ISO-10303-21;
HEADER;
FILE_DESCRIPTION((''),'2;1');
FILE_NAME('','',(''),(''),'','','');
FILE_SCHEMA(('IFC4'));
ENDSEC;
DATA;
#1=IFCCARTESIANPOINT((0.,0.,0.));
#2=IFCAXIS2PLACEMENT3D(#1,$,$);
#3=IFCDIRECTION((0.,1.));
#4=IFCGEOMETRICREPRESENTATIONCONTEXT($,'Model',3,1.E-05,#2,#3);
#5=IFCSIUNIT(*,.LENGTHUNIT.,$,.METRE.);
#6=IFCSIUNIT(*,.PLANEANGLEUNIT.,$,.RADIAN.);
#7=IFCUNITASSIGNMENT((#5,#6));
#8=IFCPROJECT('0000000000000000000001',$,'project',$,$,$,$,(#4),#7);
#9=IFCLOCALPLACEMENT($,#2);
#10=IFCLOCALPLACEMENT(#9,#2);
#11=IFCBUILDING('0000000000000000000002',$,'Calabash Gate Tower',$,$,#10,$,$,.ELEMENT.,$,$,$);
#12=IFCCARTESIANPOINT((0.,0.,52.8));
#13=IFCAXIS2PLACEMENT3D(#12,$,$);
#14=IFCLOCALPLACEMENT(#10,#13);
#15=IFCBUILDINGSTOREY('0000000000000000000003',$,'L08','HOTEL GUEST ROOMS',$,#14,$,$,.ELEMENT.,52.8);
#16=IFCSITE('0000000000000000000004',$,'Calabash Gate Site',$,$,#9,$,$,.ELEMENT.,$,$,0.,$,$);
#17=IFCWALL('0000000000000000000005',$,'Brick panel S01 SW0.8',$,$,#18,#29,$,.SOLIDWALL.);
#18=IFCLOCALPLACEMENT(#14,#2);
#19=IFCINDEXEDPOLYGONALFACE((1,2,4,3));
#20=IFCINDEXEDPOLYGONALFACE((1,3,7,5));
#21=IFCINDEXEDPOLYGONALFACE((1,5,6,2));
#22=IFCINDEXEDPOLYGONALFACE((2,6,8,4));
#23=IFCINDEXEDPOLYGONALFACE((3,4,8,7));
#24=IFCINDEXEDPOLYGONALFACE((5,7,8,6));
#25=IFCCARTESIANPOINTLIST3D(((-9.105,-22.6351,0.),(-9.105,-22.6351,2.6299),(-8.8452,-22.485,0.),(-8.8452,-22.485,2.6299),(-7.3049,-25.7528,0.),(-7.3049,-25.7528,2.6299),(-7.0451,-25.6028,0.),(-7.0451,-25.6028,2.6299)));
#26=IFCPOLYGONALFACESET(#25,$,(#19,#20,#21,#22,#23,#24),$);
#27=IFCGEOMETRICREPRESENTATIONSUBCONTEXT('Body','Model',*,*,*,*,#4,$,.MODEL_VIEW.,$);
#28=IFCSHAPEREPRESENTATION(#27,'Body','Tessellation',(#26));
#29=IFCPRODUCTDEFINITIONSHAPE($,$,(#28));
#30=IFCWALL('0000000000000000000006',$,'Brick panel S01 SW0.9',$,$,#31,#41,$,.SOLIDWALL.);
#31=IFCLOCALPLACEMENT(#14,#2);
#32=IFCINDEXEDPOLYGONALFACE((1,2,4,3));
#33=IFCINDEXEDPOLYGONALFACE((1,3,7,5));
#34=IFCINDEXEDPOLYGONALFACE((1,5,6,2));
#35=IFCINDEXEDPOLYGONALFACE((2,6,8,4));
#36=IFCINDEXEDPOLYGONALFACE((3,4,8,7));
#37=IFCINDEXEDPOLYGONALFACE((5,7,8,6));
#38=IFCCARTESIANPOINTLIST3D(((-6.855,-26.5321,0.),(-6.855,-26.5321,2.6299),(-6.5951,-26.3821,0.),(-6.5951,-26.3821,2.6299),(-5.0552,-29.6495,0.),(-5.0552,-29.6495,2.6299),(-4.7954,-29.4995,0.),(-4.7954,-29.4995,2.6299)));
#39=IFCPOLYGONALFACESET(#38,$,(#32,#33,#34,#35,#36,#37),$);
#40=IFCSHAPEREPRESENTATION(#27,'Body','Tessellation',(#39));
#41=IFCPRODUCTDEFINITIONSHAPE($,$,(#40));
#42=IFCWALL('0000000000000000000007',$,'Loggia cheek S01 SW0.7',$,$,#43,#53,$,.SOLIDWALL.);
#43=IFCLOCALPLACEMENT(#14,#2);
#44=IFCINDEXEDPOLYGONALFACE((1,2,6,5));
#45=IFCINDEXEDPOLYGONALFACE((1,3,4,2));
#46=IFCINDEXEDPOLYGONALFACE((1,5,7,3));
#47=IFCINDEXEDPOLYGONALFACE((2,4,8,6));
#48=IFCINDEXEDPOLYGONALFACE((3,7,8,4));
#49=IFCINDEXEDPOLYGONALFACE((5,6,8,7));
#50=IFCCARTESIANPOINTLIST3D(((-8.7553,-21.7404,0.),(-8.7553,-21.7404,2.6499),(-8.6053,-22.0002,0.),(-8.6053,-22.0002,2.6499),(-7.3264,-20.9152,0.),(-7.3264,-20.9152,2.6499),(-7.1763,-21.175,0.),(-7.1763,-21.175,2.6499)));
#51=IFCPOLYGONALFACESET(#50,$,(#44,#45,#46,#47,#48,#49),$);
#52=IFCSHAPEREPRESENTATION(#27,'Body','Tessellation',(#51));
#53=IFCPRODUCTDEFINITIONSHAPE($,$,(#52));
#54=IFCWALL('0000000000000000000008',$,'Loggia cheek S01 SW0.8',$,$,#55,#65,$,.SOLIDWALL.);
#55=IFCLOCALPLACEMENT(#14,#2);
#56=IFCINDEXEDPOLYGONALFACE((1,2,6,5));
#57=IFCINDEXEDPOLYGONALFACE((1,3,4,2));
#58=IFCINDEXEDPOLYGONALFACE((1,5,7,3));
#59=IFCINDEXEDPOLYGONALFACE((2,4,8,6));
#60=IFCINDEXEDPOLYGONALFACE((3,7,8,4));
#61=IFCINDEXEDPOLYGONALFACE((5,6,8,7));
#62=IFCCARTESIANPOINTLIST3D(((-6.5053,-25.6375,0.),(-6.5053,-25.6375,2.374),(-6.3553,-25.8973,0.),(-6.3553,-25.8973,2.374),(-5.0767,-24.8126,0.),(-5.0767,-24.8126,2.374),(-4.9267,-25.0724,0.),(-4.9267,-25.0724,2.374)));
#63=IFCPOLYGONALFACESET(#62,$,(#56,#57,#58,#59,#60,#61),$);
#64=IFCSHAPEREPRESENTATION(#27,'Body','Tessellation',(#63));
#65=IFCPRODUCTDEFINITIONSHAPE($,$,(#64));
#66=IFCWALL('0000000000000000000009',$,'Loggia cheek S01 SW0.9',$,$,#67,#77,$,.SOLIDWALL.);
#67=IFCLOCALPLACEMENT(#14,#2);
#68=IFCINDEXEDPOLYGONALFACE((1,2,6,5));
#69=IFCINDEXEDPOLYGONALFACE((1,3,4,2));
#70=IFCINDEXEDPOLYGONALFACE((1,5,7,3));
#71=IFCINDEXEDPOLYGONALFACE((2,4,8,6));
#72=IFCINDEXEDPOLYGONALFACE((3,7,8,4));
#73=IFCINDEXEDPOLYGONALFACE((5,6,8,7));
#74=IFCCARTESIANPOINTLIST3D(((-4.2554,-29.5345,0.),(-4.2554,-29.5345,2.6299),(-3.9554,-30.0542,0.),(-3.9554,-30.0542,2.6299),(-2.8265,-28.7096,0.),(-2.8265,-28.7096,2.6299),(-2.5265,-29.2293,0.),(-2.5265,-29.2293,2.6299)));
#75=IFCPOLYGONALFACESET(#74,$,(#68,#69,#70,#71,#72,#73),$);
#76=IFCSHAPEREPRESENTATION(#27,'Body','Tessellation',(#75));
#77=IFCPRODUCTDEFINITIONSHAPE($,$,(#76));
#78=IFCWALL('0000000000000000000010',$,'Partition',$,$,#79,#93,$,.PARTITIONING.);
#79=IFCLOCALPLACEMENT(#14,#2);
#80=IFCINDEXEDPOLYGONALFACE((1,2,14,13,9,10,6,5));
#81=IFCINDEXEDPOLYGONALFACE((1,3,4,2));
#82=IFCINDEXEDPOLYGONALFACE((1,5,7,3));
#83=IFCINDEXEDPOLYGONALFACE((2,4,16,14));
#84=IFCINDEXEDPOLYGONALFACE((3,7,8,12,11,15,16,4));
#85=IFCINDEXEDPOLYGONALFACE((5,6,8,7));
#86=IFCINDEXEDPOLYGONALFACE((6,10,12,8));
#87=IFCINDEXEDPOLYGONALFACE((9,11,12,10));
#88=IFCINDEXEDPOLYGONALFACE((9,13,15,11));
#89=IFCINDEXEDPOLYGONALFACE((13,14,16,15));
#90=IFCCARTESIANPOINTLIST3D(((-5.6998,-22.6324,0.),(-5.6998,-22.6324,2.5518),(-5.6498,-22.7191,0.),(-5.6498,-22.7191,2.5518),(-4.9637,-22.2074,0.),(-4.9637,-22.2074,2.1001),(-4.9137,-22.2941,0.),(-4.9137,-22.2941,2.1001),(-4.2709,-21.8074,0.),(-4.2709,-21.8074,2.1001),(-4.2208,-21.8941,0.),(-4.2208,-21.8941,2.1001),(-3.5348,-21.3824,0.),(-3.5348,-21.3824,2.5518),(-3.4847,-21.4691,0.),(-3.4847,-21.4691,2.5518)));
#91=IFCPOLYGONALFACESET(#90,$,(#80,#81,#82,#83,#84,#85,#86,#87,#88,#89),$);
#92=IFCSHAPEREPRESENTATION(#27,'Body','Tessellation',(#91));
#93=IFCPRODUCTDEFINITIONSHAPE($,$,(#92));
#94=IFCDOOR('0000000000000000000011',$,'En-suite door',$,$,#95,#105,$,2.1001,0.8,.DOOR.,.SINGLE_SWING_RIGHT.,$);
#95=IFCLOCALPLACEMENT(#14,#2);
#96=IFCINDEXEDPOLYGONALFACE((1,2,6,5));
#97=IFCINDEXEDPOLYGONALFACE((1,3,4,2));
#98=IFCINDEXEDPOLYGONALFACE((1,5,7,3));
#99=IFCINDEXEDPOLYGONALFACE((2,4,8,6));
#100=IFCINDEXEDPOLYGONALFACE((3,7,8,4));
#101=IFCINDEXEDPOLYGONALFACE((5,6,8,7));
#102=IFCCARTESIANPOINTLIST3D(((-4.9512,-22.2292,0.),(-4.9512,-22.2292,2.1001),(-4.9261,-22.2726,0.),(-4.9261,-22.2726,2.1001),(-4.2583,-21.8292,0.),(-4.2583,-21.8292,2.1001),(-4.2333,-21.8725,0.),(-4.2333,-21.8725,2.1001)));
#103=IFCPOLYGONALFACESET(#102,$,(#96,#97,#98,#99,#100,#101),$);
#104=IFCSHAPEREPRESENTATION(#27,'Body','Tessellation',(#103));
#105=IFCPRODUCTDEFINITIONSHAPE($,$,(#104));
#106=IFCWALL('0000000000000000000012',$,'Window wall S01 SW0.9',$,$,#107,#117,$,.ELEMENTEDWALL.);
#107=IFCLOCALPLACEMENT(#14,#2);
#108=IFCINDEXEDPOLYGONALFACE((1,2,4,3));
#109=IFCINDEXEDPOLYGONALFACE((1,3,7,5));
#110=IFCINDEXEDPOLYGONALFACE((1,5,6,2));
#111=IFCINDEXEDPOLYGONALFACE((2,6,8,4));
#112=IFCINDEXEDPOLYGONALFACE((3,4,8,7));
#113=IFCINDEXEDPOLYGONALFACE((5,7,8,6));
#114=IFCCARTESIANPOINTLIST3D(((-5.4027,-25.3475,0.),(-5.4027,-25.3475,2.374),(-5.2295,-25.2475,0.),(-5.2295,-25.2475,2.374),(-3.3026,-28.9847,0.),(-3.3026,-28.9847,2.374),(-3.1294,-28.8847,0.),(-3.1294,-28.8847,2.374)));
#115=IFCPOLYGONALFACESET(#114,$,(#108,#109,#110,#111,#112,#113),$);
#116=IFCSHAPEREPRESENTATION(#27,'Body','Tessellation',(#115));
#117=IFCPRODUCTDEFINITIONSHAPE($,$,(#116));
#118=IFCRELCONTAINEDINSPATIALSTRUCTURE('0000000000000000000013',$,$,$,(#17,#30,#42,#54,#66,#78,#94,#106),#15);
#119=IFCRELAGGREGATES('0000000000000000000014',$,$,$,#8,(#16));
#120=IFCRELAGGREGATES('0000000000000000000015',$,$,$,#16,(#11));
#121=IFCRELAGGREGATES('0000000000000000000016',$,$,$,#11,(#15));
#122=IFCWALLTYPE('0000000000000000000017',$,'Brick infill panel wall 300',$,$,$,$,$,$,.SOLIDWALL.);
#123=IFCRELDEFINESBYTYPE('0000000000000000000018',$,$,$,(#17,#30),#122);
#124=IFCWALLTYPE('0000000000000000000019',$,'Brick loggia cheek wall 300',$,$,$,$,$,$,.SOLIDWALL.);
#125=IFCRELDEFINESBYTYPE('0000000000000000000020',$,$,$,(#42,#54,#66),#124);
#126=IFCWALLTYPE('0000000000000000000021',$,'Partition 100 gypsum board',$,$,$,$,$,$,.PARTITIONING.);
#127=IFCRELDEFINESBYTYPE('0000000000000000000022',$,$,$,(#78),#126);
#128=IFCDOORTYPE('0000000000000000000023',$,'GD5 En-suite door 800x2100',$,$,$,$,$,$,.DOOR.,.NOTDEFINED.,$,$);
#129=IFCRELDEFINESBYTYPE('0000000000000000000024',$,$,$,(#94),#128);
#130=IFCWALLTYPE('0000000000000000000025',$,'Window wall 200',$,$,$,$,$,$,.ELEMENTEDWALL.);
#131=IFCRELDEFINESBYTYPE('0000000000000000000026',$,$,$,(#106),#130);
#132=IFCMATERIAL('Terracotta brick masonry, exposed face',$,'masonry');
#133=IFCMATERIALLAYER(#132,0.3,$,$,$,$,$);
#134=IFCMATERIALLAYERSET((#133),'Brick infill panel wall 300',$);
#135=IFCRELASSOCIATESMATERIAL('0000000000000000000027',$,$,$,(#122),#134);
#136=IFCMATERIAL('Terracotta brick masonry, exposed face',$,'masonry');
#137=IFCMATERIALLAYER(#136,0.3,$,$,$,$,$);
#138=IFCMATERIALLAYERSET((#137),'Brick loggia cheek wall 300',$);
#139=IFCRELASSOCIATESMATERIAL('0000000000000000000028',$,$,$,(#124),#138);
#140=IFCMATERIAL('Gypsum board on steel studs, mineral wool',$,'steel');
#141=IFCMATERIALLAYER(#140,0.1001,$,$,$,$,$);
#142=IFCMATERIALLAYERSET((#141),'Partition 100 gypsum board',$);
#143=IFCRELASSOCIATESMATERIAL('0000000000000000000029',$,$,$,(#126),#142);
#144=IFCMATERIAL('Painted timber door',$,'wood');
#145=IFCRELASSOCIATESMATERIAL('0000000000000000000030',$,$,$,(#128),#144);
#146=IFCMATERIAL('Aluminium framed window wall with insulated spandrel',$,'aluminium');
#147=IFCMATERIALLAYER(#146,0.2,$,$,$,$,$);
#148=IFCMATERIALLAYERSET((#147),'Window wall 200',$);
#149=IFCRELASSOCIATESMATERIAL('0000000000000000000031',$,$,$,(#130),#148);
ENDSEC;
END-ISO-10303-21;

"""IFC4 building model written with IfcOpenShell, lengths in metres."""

from ifc_helpers import new_model, si_unit, direction, frame, frame_2d, origin, place, context, subcontext, project, spatial, rectangle, extrude, material, layer, layer_set, type_object, element, fill, save


model = new_model("IFC4")

# Units and contexts
model_context = context("Model", 3, precision=1e-05, world=origin(), true_north=direction((0.0, 1.0)))
body_context = subcontext(model_context, "Body", "Model", "MODEL_VIEW")
ifc_project = project(units=[si_unit("LENGTHUNIT", "METRE"), si_unit("PLANEANGLEUNIT", "RADIAN")], contexts=[model_context])

# Site, building, storey
site_placement = place(None, origin())
site = spatial("IfcSite", under=ifc_project, at=site_placement, Name="Calabash Gate Site", CompositionType="ELEMENT", RefElevation=0.0)
building_placement = place(site_placement, origin())
building = spatial("IfcBuilding", under=site, at=building_placement, Name="Calabash Gate Tower", CompositionType="ELEMENT")
storey_placement = place(building_placement, frame((0.0, 0.0, 52.8)))
storey = spatial("IfcBuildingStorey", under=building, at=storey_placement, Name="L08", Description="HOTEL GUEST ROOMS", CompositionType="ELEMENT", Elevation=52.8)

# Walls
ifc_material_1 = material(Name="Terracotta brick masonry, exposed face", Category="masonry")
ifc_layer_1 = layer(ifc_material_1, 0.3)
ifc_layer_set_1 = layer_set([ifc_layer_1], Name="Brick infill panel wall 300")
wall_type_1 = type_object("IfcWallType", Name="Brick infill panel wall 300", PredefinedType="SOLIDWALL", material=ifc_layer_set_1)
wall_1_placement = place(storey_placement, frame((-8.9751, -22.5601, 0.0), z_axis=(0.0, 0.0, 1.0), x_axis=(0.500012, -0.866018, 0.0)))
element("IfcWall", 1, at=wall_1_placement, inside=storey, type_object=wall_type_1, Name="Brick panel S01 SW0.8", PredefinedType="SOLIDWALL", context=body_context, shape_type="SweptSolid", body=[
    extrude(rectangle(XDim=3.6001, YDim=0.3, at=frame_2d((1.8, 0.0))), origin(), (0.0, 0.0, 1.0), 2.6299),
])
wall_2_placement = place(storey_placement, frame((-4.9253, -29.5745, 0.0), z_axis=(0.0, 0.0, 1.0), x_axis=(-0.499991, 0.866031, 0.0)))
element("IfcWall", 2, at=wall_2_placement, inside=storey, type_object=wall_type_1, Name="Brick panel S01 SW0.9", PredefinedType="SOLIDWALL", context=body_context, shape_type="SweptSolid", body=[
    extrude(rectangle(XDim=3.5996, YDim=0.3, at=frame_2d((1.7998, 0.0))), origin(), (0.0, 0.0, 1.0), 2.6299),
])
ifc_material_2 = material(Name="Terracotta brick masonry, exposed face", Category="masonry")
ifc_layer_2 = layer(ifc_material_2, 0.3)
ifc_layer_set_2 = layer_set([ifc_layer_2], Name="Brick loggia cheek wall 300")
wall_type_2 = type_object("IfcWallType", Name="Brick loggia cheek wall 300", PredefinedType="SOLIDWALL", material=ifc_layer_set_2)
wall_3_placement = place(storey_placement, frame((-8.6804, -21.8704, 0.0), z_axis=(0.0, 0.0, 1.0), x_axis=(0.865976, 0.500085, 0.0)))
element("IfcWall", 3, at=wall_3_placement, inside=storey, type_object=wall_type_2, Name="Loggia cheek S01 SW0.7", PredefinedType="SOLIDWALL", context=body_context, shape_type="SweptSolid", body=[
    extrude(rectangle(XDim=1.6501, YDim=0.3, at=frame_2d((0.8252, 0.0))), origin(), (0.0, 0.0, 1.0), 2.6499),
])
wall_4_placement = place(storey_placement, frame((-6.4302, -25.7673, 0.0), z_axis=(0.0, 0.0, 1.0), x_axis=(0.866003, 0.500038, 0.0)))
element("IfcWall", 4, at=wall_4_placement, inside=storey, type_object=wall_type_2, Name="Loggia cheek S01 SW0.8", PredefinedType="SOLIDWALL", context=body_context, shape_type="SweptSolid", body=[
    extrude(rectangle(XDim=1.6497, YDim=0.3, at=frame_2d((0.8247, 0.0))), origin(), (0.0, 0.0, 1.0), 2.374),
])
wall_5_placement = place(storey_placement, frame((-2.6765, -28.9695, 0.0), z_axis=(0.0, 0.0, 1.0), x_axis=(-0.86604, -0.499974, 0.0)))
element("IfcWall", 5, at=wall_5_placement, inside=storey, type_object=wall_type_2, Name="Loggia cheek S01 SW0.9", PredefinedType="SOLIDWALL", context=body_context, shape_type="SweptSolid", body=[
    extrude(rectangle(XDim=1.6499, YDim=0.6001, at=frame_2d((0.825, 0.0))), origin(), (0.0, 0.0, 1.0), 2.6299),
])

# Wall, opening, door
ifc_material_3 = material(Name="Gypsum board on steel studs, mineral wool", Category="steel")
ifc_layer_3 = layer(ifc_material_3, 0.1001)
ifc_layer_set_3 = layer_set([ifc_layer_3], Name="Partition 100 gypsum board")
wall_type_3 = type_object("IfcWallType", Name="Partition 100 gypsum board", PredefinedType="PARTITIONING", material=ifc_layer_set_3)
wall_6_placement = place(storey_placement, frame((-5.6748, -22.6758, 0.0), z_axis=(0.0, 0.0, 1.0), x_axis=(0.866023, 0.500004, 0.0)))
wall_6 = element("IfcWall", 6, at=wall_6_placement, inside=storey, type_object=wall_type_3, Name="Partition", PredefinedType="PARTITIONING", context=body_context, shape_type="SweptSolid", body=[
    extrude(rectangle(XDim=2.5, YDim=0.1001, at=frame_2d((1.25, 0.0))), origin(), (0.0, 0.0, 1.0), 2.5518),
])
opening_placement = place(wall_6_placement, frame((0.8501, 0.0, 0.0)))
opening = element("IfcOpeningElement", 7, at=opening_placement, cuts=wall_6, PredefinedType="OPENING", context=body_context, shape_type="SweptSolid", body=[
    extrude(rectangle(XDim=0.8, YDim=2.1001, at=frame_2d((0.3999, 1.05))), frame((0.0, 0.0601, 0.0), z_axis=(0.0, -1.0, 0.0), x_axis=(1.0, 0.0, 0.0)), (0.0, 0.0, 1.0), 0.1201),
])
ifc_material_4 = material(Name="Painted timber door", Category="wood")
door_type = type_object("IfcDoorType", Name="GD5 En-suite door 800x2100", OperationType="NOTDEFINED", PredefinedType="DOOR", material=ifc_material_4)
door_placement = place(opening_placement, origin())
door = element("IfcDoor", 8, at=door_placement, inside=storey, type_object=door_type, Name="En-suite door", OperationType="SINGLE_SWING_RIGHT", OverallHeight=2.1001, OverallWidth=0.8, PredefinedType="DOOR", context=body_context, shape_type="SweptSolid", body=[
    extrude(rectangle(XDim=0.8, YDim=2.1001, at=frame_2d((0.3999, 1.05))), frame((0.0, 0.0249, 0.0), z_axis=(0.0, -1.0, 0.0), x_axis=(1.0, 0.0, 0.0)), (0.0, 0.0, 1.0), 0.05),
])
fill(opening, door)

# Wall
ifc_material_5 = material(Name="Aluminium framed window wall with insulated spandrel", Category="aluminium")
ifc_layer_4 = layer(ifc_material_5, 0.2)
ifc_layer_set_4 = layer_set([ifc_layer_4], Name="Window wall 200")
wall_type_4 = type_object("IfcWallType", Name="Window wall 200", PredefinedType="ELEMENTEDWALL", material=ifc_layer_set_4)
wall_7_placement = place(storey_placement, frame((-5.3162, -25.2974, 0.0), z_axis=(0.0, 0.0, 1.0), x_axis=(0.500028, -0.866009, 0.0)))
element("IfcWall", 9, at=wall_7_placement, inside=storey, type_object=wall_type_4, Name="Window wall S01 SW0.9", PredefinedType="ELEMENTEDWALL", context=body_context, shape_type="SweptSolid", body=[
    extrude(rectangle(XDim=4.2, YDim=0.2, at=frame_2d((2.1001, 0.0))), origin(), (0.0, 0.0, 1.0), 2.374),
])

save(model, "model.ifc")
